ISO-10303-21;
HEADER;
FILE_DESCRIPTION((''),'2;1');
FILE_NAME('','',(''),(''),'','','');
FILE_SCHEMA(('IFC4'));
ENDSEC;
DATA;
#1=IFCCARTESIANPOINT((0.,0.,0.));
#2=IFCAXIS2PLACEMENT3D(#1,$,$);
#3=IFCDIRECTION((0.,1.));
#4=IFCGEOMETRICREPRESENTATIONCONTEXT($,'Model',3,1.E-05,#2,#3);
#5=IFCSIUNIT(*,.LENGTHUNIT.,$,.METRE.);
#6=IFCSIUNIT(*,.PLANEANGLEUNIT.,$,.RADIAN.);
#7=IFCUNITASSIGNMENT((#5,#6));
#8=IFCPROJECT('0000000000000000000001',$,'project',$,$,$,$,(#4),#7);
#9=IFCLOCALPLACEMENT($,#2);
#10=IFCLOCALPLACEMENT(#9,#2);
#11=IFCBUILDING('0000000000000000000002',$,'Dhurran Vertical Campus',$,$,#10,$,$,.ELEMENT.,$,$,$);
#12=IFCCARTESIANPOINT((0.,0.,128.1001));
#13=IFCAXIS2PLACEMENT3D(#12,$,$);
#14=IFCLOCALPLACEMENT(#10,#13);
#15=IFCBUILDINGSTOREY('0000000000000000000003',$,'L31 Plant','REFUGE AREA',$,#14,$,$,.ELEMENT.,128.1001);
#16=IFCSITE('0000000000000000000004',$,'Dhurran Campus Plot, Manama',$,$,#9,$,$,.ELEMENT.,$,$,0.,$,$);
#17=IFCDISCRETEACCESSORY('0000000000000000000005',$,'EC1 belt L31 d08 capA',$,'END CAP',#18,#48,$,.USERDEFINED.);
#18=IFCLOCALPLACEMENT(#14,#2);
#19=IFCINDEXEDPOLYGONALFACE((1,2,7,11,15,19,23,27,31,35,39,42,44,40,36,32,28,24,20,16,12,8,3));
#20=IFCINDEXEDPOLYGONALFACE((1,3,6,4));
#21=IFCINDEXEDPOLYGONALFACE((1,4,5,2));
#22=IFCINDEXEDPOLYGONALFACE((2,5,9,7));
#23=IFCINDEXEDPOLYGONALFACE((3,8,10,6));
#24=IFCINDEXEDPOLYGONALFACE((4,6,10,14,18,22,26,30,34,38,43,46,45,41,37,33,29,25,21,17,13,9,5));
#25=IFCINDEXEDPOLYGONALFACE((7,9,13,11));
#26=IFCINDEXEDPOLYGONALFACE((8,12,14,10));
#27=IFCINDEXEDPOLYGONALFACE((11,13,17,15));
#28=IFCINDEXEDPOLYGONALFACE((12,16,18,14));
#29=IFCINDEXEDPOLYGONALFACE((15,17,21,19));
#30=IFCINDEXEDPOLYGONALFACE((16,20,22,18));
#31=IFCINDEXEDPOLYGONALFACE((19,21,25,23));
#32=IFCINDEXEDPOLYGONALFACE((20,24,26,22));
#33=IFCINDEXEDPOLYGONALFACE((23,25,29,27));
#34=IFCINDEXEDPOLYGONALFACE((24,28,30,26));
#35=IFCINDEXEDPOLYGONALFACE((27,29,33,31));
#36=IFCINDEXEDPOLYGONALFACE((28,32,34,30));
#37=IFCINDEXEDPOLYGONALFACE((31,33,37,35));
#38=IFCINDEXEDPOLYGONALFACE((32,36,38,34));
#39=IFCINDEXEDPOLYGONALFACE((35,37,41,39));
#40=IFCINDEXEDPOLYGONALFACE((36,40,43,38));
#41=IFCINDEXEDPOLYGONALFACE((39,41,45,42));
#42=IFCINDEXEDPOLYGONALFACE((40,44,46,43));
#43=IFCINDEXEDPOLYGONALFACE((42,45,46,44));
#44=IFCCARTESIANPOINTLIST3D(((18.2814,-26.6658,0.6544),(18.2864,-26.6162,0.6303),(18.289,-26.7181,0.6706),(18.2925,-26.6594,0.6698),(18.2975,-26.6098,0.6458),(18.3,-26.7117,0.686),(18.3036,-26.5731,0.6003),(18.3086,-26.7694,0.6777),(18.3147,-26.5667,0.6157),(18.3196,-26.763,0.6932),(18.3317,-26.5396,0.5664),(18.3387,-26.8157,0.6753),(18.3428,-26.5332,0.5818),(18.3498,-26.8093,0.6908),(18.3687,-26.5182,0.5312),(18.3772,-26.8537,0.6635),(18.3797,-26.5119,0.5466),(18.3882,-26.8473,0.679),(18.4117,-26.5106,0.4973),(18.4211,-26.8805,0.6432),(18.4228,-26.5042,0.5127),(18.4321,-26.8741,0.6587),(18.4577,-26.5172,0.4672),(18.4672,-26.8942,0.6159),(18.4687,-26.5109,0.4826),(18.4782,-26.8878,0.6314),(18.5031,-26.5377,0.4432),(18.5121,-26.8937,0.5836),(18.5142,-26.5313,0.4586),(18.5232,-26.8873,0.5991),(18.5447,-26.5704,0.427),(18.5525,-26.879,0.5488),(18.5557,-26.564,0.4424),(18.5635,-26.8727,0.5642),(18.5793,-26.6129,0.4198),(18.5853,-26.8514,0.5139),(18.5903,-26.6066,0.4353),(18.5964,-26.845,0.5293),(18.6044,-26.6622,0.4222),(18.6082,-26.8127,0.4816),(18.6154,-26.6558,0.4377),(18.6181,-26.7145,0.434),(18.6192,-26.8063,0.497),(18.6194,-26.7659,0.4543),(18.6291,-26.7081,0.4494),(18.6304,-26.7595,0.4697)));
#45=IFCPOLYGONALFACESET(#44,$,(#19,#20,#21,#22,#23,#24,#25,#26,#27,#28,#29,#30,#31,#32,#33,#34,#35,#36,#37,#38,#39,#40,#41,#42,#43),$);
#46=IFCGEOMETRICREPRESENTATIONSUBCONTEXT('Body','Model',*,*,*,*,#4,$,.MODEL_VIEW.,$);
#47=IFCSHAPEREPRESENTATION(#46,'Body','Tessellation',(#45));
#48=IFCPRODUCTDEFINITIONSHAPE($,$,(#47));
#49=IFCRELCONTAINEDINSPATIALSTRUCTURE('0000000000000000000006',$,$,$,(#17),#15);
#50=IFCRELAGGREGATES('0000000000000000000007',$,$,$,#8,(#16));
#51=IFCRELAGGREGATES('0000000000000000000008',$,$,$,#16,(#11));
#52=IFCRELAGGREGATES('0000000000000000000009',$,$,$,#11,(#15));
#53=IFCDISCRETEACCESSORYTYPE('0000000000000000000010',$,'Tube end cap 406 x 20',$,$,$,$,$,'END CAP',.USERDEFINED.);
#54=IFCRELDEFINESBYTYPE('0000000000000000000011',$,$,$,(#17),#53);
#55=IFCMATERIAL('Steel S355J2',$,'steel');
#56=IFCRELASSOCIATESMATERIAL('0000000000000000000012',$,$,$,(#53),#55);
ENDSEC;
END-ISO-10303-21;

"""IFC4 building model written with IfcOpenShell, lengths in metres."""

from ifc_helpers import new_model, si_unit, direction, frame, origin, origin_2d, place, context, subcontext, project, spatial, circle, extrude, material, material_profile, profile_set, type_object, element, save


model = new_model("IFC4")

# Units and contexts
model_context = context("Model", 3, precision=1e-05, world=origin(), true_north=direction((0.0, 1.0)))
body_context = subcontext(model_context, "Body", "Model", "MODEL_VIEW")
ifc_project = project(units=[si_unit("LENGTHUNIT", "METRE"), si_unit("PLANEANGLEUNIT", "RADIAN")], contexts=[model_context])

# Site, building, storey
site_placement = place(None, origin())
site = spatial("IfcSite", under=ifc_project, at=site_placement, Name="Dhurran Campus Plot, Manama", CompositionType="ELEMENT", RefElevation=0.0)
building_placement = place(site_placement, origin())
building = spatial("IfcBuilding", under=site, at=building_placement, Name="Dhurran Vertical Campus", CompositionType="ELEMENT")
storey_placement = place(building_placement, frame((0.0, 0.0, 128.1001)))
storey = spatial("IfcBuildingStorey", under=building, at=storey_placement, Name="L31 Plant", Description="REFUGE AREA", CompositionType="ELEMENT", Elevation=128.1001)

# Discrete accessory
ifc_material_1 = material(Name="Steel S355J2", Category="steel")
ifc_material_profile_1 = material_profile(ifc_material_1, circle(Radius=0.2031, at=origin_2d()), Name="Tube end cap 406 x 20")
ifc_profile_set_1 = profile_set([ifc_material_profile_1], Name="Steel S355J2")
discrete_accessory_type = type_object("IfcDiscreteAccessoryType", Name="Tube end cap 406 x 20", ElementType="END CAP", PredefinedType="USERDEFINED", material=ifc_profile_set_1)
for number, where, z_axis, x_axis, name in (
    (1, (18.4619, -26.6968, 0.5642), (-0.550997, -0.318354, -0.771396), (0.500278, -0.865865, 0.0), "EC1 belt L31 d08 capA"),
):
    element("IfcDiscreteAccessory", number, at=place(storey_placement, frame(where, z_axis=z_axis, x_axis=x_axis)), inside=storey, type_object=discrete_accessory_type, Name=name, ObjectType="END CAP", PredefinedType="USERDEFINED", context=body_context, shape_type="SweptSolid", body=[
        extrude(circle(Radius=0.2031, at=origin_2d()), origin(), (0.0, 0.0, 1.0), 0.02),
    ])

save(model, "model.ifc")
